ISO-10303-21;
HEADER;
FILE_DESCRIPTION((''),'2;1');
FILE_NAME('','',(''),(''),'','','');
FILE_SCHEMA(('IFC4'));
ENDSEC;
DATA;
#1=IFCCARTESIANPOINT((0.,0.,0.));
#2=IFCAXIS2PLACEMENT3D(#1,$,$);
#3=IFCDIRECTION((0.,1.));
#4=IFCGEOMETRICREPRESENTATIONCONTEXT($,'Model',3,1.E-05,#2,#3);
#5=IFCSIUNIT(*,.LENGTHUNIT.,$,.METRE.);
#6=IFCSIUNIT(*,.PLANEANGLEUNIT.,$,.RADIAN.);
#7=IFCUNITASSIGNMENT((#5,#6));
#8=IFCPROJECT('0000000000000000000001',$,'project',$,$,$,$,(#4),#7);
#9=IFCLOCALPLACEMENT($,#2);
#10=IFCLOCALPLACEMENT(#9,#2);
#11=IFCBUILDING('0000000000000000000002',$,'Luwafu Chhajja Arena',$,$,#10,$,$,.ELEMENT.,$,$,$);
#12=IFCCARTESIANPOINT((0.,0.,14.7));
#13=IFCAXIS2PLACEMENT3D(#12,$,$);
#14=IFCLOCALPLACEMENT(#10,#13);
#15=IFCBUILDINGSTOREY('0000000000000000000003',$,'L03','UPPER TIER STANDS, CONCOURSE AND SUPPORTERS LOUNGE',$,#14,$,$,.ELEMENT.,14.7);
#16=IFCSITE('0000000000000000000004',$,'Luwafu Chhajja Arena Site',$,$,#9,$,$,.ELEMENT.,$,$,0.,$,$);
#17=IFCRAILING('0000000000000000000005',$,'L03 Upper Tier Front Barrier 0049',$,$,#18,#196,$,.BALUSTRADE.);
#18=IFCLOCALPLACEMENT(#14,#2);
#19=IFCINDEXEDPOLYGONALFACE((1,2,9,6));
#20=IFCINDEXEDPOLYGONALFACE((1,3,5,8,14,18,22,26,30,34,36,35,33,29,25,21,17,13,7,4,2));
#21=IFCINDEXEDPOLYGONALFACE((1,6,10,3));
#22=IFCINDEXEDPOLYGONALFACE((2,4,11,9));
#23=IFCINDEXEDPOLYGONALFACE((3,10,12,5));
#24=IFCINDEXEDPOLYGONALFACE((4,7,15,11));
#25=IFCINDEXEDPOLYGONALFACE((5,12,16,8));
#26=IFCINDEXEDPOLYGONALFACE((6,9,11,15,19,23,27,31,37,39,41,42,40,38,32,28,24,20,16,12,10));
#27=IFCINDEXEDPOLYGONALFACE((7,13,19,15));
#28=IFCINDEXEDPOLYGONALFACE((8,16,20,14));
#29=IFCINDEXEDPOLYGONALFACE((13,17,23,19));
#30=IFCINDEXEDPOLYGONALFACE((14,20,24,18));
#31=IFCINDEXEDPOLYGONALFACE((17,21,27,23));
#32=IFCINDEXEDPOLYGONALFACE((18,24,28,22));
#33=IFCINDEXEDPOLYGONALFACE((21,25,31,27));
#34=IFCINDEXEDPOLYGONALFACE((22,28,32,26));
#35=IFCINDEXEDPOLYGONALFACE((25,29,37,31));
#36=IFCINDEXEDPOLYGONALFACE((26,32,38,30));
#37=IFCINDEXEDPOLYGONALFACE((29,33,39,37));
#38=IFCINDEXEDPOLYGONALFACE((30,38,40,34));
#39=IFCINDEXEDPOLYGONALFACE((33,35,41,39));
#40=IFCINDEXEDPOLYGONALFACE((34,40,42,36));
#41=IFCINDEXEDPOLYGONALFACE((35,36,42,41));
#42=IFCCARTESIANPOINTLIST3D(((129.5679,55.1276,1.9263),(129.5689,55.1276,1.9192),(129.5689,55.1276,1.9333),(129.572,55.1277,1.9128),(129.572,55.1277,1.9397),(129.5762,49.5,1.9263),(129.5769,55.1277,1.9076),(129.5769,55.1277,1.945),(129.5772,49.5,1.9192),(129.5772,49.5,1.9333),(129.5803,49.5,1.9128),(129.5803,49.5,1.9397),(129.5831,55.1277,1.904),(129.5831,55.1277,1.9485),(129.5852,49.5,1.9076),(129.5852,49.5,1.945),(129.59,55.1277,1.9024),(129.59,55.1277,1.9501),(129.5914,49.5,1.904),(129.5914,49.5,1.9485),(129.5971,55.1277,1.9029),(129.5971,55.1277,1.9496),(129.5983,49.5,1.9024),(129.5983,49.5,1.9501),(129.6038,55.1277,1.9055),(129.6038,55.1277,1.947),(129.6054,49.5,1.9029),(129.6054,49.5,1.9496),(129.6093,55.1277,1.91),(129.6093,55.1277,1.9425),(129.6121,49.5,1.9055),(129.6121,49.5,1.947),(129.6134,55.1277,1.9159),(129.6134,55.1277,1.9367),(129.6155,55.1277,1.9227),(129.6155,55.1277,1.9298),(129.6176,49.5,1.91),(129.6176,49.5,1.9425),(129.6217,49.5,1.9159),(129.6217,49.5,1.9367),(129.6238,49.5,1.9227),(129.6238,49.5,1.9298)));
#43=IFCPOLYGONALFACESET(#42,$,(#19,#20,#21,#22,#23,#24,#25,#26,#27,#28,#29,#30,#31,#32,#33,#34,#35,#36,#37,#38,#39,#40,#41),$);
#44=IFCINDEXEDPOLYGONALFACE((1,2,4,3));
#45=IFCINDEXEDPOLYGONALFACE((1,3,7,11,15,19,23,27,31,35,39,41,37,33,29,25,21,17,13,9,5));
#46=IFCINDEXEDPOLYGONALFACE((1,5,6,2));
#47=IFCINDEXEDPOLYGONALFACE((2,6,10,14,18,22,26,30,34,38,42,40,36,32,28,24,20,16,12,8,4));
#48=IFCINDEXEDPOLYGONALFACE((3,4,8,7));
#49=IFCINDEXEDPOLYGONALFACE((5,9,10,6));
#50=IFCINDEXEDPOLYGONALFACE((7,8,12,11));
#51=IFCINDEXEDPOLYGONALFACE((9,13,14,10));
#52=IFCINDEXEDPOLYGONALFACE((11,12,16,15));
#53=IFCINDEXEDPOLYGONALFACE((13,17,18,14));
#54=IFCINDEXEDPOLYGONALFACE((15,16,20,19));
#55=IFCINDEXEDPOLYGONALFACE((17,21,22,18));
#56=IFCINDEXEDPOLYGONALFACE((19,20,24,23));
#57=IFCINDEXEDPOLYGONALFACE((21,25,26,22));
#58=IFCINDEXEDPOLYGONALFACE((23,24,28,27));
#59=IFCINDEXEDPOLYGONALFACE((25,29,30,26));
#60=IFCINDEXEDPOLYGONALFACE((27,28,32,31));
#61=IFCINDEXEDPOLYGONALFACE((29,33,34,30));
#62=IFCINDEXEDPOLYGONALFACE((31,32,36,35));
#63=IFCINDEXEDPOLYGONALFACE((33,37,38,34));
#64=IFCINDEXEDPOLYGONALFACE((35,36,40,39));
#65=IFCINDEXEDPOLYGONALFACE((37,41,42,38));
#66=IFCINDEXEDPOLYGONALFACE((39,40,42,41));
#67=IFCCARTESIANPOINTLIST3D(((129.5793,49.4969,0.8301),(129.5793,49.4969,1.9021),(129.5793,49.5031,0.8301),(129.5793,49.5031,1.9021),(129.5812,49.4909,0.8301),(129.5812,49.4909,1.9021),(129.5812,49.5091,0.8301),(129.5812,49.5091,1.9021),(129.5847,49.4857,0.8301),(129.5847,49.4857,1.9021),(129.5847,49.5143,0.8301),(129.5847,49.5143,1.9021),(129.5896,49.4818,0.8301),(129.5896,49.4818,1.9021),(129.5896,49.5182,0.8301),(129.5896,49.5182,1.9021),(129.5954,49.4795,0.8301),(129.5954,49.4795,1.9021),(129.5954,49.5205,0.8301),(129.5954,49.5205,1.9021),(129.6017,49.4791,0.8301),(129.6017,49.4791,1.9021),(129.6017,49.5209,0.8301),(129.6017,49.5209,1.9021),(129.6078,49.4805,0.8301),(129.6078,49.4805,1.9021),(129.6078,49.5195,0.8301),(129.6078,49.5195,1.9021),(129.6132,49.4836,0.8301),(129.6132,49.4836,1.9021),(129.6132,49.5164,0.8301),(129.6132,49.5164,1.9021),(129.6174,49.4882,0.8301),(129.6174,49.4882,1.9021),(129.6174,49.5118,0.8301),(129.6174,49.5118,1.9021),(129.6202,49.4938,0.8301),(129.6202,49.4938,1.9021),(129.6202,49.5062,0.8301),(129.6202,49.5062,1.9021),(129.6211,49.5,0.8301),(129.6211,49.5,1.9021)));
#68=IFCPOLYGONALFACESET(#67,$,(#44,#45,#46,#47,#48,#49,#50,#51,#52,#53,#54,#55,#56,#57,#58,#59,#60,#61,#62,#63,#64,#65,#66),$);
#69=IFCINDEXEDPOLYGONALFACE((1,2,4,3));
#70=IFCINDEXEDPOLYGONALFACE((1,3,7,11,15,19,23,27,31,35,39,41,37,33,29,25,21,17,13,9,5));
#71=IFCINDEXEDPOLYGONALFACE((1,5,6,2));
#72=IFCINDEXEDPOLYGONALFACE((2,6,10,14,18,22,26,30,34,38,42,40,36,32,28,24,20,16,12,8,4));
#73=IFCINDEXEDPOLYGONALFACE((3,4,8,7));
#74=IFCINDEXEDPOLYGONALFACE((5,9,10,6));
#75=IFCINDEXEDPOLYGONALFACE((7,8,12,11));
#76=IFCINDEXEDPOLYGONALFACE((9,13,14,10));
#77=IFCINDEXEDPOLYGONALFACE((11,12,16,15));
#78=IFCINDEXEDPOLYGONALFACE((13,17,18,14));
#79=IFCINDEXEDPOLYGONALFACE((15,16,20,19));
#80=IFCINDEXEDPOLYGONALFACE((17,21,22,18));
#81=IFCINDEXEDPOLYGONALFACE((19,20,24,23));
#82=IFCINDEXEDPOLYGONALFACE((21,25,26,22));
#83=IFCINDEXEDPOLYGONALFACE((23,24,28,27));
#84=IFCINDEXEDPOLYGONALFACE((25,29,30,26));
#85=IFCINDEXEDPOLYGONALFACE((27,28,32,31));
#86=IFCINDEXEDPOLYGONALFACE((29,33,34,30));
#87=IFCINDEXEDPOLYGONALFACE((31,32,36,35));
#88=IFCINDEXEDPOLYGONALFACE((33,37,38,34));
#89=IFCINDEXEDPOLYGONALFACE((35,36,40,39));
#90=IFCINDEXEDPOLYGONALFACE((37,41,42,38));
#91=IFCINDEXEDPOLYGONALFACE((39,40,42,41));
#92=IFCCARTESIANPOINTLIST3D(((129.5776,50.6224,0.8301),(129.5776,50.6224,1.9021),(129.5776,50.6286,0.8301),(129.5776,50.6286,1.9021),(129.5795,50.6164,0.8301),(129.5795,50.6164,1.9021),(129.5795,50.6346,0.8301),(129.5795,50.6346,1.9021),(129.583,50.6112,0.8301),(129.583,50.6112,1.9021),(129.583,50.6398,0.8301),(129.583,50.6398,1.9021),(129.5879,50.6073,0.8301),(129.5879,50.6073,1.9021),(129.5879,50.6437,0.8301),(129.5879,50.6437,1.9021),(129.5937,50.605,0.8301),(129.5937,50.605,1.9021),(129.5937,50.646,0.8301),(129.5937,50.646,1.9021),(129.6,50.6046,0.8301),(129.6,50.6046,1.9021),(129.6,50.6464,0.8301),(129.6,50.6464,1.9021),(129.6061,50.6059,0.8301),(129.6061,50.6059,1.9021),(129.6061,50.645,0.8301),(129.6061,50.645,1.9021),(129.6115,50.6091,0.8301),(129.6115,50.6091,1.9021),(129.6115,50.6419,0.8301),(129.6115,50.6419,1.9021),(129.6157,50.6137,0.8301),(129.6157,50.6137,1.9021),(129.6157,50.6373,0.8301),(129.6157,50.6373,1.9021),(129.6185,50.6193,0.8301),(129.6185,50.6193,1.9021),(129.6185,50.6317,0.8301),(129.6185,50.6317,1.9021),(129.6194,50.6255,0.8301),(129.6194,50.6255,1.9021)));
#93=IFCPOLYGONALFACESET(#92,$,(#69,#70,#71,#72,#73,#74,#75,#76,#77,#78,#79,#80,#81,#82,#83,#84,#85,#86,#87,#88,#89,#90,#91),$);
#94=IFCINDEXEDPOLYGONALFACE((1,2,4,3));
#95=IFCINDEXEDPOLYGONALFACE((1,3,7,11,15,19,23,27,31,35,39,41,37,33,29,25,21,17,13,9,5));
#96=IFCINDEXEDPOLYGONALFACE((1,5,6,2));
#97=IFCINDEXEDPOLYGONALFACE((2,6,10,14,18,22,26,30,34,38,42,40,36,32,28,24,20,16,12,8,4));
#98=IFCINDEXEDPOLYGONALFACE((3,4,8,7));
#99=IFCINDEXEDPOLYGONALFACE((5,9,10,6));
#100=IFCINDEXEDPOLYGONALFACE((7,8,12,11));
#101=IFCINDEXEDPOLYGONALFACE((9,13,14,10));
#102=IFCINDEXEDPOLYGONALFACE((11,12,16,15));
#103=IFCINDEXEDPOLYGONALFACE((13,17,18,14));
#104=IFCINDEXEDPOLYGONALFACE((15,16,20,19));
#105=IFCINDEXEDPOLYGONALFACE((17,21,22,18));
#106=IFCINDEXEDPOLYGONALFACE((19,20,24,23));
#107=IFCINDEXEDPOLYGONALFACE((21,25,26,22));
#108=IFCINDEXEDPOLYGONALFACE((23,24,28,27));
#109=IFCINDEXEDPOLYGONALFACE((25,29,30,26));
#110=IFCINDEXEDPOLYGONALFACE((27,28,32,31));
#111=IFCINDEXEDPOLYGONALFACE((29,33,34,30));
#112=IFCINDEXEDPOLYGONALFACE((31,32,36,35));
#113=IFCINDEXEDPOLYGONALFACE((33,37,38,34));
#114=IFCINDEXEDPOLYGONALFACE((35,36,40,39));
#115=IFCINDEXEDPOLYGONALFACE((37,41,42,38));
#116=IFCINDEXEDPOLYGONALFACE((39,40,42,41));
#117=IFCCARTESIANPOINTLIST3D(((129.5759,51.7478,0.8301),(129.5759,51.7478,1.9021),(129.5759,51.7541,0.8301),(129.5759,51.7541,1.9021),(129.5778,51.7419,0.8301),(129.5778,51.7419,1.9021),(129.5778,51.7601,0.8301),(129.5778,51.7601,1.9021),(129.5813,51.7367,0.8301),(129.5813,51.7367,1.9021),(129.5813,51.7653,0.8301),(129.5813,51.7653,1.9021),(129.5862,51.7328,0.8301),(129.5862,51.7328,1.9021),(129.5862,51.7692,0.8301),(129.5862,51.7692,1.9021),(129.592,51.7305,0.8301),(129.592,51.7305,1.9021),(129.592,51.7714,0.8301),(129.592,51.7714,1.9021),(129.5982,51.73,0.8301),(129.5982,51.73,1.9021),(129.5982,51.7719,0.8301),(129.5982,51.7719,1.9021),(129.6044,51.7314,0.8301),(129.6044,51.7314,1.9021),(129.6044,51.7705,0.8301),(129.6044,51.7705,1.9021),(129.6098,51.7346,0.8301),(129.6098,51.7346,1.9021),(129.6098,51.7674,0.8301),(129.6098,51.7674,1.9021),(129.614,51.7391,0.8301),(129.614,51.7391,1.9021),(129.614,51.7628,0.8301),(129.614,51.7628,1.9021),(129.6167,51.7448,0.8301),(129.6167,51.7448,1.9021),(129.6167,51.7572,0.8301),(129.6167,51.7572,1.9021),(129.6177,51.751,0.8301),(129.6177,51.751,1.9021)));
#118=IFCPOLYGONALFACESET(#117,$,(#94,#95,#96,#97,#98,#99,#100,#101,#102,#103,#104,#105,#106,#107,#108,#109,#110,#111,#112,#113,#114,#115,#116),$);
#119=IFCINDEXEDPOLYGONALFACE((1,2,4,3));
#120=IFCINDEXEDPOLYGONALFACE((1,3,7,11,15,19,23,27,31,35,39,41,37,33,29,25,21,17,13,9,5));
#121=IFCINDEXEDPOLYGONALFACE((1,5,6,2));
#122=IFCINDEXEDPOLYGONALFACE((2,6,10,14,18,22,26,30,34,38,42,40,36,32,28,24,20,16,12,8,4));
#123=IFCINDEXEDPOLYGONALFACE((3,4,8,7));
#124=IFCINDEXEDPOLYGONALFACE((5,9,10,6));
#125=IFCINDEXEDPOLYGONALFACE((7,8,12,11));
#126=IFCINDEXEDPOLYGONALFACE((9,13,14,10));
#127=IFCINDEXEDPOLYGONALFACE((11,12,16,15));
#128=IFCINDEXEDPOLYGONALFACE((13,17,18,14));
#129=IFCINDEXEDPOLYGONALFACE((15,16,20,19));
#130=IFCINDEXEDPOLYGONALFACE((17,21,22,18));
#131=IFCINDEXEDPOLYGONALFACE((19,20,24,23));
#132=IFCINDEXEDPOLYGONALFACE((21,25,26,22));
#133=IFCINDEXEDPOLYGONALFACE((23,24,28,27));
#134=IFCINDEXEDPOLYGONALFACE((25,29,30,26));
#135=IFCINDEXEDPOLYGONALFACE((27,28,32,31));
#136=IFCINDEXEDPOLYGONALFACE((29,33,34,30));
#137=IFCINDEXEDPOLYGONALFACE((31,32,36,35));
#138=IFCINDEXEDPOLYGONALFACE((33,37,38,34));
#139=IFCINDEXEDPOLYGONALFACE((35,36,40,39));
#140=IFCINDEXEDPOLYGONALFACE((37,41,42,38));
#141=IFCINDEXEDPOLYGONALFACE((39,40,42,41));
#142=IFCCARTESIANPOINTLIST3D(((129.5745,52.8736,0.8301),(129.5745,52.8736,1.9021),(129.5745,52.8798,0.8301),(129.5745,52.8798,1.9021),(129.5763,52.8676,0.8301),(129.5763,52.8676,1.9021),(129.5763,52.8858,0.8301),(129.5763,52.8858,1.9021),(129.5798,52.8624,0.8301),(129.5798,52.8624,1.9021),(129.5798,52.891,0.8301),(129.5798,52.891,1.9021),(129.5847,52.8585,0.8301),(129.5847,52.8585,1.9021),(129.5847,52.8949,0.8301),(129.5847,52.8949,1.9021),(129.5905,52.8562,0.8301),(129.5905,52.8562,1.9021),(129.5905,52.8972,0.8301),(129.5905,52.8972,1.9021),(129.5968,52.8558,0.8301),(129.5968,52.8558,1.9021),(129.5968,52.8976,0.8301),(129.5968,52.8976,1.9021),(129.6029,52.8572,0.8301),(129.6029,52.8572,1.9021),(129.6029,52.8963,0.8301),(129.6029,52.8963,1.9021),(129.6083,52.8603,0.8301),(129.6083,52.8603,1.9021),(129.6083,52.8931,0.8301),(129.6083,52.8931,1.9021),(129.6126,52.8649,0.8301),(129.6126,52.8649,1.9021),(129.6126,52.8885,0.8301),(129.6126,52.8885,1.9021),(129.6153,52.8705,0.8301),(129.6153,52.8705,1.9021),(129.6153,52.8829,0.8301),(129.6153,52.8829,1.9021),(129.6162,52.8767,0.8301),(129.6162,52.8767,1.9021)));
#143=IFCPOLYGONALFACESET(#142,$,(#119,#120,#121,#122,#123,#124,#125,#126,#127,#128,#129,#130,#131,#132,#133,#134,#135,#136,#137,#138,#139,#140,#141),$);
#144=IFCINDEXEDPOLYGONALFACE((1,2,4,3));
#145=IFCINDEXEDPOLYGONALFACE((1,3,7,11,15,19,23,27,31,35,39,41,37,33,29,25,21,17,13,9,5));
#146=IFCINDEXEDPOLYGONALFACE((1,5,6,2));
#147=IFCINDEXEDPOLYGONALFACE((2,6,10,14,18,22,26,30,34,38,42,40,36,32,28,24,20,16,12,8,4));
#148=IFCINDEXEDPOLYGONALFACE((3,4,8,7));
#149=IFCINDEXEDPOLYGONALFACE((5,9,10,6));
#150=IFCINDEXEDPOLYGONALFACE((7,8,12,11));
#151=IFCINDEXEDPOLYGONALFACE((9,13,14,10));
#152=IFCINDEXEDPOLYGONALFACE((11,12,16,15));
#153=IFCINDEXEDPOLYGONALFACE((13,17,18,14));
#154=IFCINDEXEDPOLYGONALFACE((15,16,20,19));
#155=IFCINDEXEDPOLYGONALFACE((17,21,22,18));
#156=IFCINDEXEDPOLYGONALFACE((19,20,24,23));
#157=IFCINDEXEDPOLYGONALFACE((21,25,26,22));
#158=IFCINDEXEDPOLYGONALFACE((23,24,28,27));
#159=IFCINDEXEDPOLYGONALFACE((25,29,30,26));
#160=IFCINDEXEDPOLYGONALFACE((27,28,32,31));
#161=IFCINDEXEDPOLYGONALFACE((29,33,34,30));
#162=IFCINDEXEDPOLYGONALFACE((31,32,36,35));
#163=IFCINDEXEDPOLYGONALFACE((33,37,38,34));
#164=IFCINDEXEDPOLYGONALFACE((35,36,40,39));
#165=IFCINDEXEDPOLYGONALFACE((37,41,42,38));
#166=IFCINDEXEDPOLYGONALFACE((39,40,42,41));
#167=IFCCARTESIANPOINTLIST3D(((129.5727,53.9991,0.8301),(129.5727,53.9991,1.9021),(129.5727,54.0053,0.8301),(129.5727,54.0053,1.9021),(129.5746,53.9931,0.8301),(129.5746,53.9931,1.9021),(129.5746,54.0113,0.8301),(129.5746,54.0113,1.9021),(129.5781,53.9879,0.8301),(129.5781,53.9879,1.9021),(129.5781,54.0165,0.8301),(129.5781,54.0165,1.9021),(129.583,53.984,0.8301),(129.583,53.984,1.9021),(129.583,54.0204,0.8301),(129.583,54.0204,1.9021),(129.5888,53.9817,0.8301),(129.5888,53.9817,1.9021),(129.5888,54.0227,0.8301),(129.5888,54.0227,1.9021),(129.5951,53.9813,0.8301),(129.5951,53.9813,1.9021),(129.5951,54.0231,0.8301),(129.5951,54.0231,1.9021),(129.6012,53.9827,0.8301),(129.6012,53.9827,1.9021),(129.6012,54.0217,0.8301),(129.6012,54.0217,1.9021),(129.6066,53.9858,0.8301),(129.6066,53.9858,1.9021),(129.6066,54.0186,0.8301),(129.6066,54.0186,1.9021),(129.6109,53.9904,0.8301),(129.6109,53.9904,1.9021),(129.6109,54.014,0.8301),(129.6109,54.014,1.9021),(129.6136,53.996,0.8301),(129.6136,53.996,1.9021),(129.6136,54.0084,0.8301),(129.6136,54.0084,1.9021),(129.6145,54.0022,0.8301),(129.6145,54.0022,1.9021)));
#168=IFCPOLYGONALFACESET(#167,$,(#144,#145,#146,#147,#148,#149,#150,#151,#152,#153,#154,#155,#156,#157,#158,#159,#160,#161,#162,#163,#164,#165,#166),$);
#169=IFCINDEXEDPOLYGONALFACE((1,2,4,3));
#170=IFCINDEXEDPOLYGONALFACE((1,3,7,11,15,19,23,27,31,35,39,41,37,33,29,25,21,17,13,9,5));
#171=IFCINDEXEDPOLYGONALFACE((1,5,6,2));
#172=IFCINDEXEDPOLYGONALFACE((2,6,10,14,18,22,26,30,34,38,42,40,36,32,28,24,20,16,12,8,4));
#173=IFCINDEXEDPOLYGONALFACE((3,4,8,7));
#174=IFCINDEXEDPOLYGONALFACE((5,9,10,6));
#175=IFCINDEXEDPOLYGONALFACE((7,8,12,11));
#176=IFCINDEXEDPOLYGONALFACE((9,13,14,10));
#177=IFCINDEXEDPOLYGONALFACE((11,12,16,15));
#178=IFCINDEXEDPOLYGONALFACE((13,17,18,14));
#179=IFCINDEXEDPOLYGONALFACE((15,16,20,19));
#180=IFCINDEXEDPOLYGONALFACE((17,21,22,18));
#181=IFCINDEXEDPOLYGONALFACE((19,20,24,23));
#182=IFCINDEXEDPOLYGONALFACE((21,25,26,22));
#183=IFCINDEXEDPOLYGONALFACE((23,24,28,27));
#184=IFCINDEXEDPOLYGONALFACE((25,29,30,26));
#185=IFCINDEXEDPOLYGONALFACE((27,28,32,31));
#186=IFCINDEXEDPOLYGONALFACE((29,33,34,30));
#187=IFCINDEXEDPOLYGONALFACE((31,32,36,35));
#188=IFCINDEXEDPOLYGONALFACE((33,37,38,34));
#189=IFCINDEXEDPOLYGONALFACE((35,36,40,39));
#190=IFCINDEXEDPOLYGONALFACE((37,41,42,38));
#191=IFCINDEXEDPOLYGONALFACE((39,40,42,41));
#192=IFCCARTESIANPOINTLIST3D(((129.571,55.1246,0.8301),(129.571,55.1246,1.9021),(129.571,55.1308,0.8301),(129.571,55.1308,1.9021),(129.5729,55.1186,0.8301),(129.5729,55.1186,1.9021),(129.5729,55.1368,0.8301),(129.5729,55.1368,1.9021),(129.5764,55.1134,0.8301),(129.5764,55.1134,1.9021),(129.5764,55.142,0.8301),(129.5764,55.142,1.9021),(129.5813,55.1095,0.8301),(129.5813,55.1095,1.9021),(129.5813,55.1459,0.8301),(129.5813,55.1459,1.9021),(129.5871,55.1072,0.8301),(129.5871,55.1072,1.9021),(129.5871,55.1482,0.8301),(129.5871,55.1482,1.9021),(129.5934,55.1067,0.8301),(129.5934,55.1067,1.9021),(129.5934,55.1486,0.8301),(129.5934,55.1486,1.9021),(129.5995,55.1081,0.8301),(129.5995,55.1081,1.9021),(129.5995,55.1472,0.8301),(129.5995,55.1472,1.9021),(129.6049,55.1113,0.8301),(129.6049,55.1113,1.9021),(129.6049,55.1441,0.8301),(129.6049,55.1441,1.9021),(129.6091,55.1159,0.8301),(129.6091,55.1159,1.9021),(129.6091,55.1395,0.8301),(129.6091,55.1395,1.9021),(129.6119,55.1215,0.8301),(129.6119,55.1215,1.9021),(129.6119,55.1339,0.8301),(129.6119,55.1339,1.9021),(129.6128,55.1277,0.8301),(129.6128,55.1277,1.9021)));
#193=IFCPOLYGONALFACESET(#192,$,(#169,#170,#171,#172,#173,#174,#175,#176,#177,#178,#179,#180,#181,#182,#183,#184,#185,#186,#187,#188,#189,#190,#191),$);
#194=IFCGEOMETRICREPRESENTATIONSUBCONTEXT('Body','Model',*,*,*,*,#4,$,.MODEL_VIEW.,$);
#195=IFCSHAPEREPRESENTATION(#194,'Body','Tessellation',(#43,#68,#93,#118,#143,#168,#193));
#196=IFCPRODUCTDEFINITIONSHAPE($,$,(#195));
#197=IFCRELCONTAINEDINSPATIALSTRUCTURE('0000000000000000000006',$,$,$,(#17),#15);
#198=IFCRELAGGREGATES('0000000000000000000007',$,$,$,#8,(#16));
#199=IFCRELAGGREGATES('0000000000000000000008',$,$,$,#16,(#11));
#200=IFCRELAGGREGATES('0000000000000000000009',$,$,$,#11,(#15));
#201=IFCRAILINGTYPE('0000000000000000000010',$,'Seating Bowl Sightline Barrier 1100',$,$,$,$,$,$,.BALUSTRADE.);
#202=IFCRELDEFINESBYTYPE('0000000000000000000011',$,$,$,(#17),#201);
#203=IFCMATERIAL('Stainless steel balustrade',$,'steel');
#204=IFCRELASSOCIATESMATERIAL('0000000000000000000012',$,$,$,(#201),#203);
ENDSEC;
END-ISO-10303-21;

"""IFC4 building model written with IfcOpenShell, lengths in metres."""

from ifc_helpers import new_model, si_unit, direction, frame, origin, origin_2d, place, context, subcontext, project, spatial, circle, extrude, material, type_object, element, save


model = new_model("IFC4")

# Units and contexts
model_context = context("Model", 3, precision=1e-05, world=origin(), true_north=direction((0.0, 1.0)))
body_context = subcontext(model_context, "Body", "Model", "MODEL_VIEW")
ifc_project = project(units=[si_unit("LENGTHUNIT", "METRE"), si_unit("PLANEANGLEUNIT", "RADIAN")], contexts=[model_context])

# Site, building, storey
site_placement = place(None, origin())
site = spatial("IfcSite", under=ifc_project, at=site_placement, Name="Luwafu Chhajja Arena Site", CompositionType="ELEMENT", RefElevation=0.0)
building_placement = place(site_placement, origin())
building = spatial("IfcBuilding", under=site, at=building_placement, Name="Luwafu Chhajja Arena", CompositionType="ELEMENT")
storey_placement = place(building_placement, frame((0.0, 0.0, 14.7)))
storey = spatial("IfcBuildingStorey", under=building, at=storey_placement, Name="L03", Description="UPPER TIER STANDS, CONCOURSE AND SUPPORTERS LOUNGE", CompositionType="ELEMENT", Elevation=14.7)

# Railing
ifc_material_1 = material(Name="Stainless steel balustrade", Category="steel")
railing_type = type_object("IfcRailingType", Name="Seating Bowl Sightline Barrier 1100", PredefinedType="BALUSTRADE", material=ifc_material_1)
railing_1_placement = place(storey_placement, frame((129.6001, 49.5, 0.8301)))
element("IfcRailing", 1, at=railing_1_placement, inside=storey, type_object=railing_type, Name="L03 Upper Tier Front Barrier 0049", PredefinedType="BALUSTRADE", context=body_context, shape_type="SweptSolid", body=[
    extrude(circle(Radius=0.0239, at=origin_2d()), frame((0.0, 0.0, 1.0962), z_axis=(-0.001475, 0.999999, 0.0), x_axis=(-0.999999, -0.001475, 0.0)), (0.0, 0.0, 1.0), 5.6277),
    extrude(circle(Radius=0.021, at=origin_2d()), origin(), (0.0, 0.0, 1.0), 1.072),
    extrude(circle(Radius=0.021, at=origin_2d()), frame((-0.0017, 1.1255, 0.0)), (0.0, 0.0, 1.0), 1.072),
    extrude(circle(Radius=0.021, at=origin_2d()), frame((-0.0034, 2.251, 0.0)), (0.0, 0.0, 1.0), 1.072),
    extrude(circle(Radius=0.021, at=origin_2d()), frame((-0.0049, 3.3767, 0.0)), (0.0, 0.0, 1.0), 1.072),
    extrude(circle(Radius=0.021, at=origin_2d()), frame((-0.0066, 4.5022, 0.0)), (0.0, 0.0, 1.0), 1.072),
    extrude(circle(Radius=0.021, at=origin_2d()), frame((-0.0083, 5.6277, 0.0)), (0.0, 0.0, 1.0), 1.072),
])

save(model, "model.ifc")
